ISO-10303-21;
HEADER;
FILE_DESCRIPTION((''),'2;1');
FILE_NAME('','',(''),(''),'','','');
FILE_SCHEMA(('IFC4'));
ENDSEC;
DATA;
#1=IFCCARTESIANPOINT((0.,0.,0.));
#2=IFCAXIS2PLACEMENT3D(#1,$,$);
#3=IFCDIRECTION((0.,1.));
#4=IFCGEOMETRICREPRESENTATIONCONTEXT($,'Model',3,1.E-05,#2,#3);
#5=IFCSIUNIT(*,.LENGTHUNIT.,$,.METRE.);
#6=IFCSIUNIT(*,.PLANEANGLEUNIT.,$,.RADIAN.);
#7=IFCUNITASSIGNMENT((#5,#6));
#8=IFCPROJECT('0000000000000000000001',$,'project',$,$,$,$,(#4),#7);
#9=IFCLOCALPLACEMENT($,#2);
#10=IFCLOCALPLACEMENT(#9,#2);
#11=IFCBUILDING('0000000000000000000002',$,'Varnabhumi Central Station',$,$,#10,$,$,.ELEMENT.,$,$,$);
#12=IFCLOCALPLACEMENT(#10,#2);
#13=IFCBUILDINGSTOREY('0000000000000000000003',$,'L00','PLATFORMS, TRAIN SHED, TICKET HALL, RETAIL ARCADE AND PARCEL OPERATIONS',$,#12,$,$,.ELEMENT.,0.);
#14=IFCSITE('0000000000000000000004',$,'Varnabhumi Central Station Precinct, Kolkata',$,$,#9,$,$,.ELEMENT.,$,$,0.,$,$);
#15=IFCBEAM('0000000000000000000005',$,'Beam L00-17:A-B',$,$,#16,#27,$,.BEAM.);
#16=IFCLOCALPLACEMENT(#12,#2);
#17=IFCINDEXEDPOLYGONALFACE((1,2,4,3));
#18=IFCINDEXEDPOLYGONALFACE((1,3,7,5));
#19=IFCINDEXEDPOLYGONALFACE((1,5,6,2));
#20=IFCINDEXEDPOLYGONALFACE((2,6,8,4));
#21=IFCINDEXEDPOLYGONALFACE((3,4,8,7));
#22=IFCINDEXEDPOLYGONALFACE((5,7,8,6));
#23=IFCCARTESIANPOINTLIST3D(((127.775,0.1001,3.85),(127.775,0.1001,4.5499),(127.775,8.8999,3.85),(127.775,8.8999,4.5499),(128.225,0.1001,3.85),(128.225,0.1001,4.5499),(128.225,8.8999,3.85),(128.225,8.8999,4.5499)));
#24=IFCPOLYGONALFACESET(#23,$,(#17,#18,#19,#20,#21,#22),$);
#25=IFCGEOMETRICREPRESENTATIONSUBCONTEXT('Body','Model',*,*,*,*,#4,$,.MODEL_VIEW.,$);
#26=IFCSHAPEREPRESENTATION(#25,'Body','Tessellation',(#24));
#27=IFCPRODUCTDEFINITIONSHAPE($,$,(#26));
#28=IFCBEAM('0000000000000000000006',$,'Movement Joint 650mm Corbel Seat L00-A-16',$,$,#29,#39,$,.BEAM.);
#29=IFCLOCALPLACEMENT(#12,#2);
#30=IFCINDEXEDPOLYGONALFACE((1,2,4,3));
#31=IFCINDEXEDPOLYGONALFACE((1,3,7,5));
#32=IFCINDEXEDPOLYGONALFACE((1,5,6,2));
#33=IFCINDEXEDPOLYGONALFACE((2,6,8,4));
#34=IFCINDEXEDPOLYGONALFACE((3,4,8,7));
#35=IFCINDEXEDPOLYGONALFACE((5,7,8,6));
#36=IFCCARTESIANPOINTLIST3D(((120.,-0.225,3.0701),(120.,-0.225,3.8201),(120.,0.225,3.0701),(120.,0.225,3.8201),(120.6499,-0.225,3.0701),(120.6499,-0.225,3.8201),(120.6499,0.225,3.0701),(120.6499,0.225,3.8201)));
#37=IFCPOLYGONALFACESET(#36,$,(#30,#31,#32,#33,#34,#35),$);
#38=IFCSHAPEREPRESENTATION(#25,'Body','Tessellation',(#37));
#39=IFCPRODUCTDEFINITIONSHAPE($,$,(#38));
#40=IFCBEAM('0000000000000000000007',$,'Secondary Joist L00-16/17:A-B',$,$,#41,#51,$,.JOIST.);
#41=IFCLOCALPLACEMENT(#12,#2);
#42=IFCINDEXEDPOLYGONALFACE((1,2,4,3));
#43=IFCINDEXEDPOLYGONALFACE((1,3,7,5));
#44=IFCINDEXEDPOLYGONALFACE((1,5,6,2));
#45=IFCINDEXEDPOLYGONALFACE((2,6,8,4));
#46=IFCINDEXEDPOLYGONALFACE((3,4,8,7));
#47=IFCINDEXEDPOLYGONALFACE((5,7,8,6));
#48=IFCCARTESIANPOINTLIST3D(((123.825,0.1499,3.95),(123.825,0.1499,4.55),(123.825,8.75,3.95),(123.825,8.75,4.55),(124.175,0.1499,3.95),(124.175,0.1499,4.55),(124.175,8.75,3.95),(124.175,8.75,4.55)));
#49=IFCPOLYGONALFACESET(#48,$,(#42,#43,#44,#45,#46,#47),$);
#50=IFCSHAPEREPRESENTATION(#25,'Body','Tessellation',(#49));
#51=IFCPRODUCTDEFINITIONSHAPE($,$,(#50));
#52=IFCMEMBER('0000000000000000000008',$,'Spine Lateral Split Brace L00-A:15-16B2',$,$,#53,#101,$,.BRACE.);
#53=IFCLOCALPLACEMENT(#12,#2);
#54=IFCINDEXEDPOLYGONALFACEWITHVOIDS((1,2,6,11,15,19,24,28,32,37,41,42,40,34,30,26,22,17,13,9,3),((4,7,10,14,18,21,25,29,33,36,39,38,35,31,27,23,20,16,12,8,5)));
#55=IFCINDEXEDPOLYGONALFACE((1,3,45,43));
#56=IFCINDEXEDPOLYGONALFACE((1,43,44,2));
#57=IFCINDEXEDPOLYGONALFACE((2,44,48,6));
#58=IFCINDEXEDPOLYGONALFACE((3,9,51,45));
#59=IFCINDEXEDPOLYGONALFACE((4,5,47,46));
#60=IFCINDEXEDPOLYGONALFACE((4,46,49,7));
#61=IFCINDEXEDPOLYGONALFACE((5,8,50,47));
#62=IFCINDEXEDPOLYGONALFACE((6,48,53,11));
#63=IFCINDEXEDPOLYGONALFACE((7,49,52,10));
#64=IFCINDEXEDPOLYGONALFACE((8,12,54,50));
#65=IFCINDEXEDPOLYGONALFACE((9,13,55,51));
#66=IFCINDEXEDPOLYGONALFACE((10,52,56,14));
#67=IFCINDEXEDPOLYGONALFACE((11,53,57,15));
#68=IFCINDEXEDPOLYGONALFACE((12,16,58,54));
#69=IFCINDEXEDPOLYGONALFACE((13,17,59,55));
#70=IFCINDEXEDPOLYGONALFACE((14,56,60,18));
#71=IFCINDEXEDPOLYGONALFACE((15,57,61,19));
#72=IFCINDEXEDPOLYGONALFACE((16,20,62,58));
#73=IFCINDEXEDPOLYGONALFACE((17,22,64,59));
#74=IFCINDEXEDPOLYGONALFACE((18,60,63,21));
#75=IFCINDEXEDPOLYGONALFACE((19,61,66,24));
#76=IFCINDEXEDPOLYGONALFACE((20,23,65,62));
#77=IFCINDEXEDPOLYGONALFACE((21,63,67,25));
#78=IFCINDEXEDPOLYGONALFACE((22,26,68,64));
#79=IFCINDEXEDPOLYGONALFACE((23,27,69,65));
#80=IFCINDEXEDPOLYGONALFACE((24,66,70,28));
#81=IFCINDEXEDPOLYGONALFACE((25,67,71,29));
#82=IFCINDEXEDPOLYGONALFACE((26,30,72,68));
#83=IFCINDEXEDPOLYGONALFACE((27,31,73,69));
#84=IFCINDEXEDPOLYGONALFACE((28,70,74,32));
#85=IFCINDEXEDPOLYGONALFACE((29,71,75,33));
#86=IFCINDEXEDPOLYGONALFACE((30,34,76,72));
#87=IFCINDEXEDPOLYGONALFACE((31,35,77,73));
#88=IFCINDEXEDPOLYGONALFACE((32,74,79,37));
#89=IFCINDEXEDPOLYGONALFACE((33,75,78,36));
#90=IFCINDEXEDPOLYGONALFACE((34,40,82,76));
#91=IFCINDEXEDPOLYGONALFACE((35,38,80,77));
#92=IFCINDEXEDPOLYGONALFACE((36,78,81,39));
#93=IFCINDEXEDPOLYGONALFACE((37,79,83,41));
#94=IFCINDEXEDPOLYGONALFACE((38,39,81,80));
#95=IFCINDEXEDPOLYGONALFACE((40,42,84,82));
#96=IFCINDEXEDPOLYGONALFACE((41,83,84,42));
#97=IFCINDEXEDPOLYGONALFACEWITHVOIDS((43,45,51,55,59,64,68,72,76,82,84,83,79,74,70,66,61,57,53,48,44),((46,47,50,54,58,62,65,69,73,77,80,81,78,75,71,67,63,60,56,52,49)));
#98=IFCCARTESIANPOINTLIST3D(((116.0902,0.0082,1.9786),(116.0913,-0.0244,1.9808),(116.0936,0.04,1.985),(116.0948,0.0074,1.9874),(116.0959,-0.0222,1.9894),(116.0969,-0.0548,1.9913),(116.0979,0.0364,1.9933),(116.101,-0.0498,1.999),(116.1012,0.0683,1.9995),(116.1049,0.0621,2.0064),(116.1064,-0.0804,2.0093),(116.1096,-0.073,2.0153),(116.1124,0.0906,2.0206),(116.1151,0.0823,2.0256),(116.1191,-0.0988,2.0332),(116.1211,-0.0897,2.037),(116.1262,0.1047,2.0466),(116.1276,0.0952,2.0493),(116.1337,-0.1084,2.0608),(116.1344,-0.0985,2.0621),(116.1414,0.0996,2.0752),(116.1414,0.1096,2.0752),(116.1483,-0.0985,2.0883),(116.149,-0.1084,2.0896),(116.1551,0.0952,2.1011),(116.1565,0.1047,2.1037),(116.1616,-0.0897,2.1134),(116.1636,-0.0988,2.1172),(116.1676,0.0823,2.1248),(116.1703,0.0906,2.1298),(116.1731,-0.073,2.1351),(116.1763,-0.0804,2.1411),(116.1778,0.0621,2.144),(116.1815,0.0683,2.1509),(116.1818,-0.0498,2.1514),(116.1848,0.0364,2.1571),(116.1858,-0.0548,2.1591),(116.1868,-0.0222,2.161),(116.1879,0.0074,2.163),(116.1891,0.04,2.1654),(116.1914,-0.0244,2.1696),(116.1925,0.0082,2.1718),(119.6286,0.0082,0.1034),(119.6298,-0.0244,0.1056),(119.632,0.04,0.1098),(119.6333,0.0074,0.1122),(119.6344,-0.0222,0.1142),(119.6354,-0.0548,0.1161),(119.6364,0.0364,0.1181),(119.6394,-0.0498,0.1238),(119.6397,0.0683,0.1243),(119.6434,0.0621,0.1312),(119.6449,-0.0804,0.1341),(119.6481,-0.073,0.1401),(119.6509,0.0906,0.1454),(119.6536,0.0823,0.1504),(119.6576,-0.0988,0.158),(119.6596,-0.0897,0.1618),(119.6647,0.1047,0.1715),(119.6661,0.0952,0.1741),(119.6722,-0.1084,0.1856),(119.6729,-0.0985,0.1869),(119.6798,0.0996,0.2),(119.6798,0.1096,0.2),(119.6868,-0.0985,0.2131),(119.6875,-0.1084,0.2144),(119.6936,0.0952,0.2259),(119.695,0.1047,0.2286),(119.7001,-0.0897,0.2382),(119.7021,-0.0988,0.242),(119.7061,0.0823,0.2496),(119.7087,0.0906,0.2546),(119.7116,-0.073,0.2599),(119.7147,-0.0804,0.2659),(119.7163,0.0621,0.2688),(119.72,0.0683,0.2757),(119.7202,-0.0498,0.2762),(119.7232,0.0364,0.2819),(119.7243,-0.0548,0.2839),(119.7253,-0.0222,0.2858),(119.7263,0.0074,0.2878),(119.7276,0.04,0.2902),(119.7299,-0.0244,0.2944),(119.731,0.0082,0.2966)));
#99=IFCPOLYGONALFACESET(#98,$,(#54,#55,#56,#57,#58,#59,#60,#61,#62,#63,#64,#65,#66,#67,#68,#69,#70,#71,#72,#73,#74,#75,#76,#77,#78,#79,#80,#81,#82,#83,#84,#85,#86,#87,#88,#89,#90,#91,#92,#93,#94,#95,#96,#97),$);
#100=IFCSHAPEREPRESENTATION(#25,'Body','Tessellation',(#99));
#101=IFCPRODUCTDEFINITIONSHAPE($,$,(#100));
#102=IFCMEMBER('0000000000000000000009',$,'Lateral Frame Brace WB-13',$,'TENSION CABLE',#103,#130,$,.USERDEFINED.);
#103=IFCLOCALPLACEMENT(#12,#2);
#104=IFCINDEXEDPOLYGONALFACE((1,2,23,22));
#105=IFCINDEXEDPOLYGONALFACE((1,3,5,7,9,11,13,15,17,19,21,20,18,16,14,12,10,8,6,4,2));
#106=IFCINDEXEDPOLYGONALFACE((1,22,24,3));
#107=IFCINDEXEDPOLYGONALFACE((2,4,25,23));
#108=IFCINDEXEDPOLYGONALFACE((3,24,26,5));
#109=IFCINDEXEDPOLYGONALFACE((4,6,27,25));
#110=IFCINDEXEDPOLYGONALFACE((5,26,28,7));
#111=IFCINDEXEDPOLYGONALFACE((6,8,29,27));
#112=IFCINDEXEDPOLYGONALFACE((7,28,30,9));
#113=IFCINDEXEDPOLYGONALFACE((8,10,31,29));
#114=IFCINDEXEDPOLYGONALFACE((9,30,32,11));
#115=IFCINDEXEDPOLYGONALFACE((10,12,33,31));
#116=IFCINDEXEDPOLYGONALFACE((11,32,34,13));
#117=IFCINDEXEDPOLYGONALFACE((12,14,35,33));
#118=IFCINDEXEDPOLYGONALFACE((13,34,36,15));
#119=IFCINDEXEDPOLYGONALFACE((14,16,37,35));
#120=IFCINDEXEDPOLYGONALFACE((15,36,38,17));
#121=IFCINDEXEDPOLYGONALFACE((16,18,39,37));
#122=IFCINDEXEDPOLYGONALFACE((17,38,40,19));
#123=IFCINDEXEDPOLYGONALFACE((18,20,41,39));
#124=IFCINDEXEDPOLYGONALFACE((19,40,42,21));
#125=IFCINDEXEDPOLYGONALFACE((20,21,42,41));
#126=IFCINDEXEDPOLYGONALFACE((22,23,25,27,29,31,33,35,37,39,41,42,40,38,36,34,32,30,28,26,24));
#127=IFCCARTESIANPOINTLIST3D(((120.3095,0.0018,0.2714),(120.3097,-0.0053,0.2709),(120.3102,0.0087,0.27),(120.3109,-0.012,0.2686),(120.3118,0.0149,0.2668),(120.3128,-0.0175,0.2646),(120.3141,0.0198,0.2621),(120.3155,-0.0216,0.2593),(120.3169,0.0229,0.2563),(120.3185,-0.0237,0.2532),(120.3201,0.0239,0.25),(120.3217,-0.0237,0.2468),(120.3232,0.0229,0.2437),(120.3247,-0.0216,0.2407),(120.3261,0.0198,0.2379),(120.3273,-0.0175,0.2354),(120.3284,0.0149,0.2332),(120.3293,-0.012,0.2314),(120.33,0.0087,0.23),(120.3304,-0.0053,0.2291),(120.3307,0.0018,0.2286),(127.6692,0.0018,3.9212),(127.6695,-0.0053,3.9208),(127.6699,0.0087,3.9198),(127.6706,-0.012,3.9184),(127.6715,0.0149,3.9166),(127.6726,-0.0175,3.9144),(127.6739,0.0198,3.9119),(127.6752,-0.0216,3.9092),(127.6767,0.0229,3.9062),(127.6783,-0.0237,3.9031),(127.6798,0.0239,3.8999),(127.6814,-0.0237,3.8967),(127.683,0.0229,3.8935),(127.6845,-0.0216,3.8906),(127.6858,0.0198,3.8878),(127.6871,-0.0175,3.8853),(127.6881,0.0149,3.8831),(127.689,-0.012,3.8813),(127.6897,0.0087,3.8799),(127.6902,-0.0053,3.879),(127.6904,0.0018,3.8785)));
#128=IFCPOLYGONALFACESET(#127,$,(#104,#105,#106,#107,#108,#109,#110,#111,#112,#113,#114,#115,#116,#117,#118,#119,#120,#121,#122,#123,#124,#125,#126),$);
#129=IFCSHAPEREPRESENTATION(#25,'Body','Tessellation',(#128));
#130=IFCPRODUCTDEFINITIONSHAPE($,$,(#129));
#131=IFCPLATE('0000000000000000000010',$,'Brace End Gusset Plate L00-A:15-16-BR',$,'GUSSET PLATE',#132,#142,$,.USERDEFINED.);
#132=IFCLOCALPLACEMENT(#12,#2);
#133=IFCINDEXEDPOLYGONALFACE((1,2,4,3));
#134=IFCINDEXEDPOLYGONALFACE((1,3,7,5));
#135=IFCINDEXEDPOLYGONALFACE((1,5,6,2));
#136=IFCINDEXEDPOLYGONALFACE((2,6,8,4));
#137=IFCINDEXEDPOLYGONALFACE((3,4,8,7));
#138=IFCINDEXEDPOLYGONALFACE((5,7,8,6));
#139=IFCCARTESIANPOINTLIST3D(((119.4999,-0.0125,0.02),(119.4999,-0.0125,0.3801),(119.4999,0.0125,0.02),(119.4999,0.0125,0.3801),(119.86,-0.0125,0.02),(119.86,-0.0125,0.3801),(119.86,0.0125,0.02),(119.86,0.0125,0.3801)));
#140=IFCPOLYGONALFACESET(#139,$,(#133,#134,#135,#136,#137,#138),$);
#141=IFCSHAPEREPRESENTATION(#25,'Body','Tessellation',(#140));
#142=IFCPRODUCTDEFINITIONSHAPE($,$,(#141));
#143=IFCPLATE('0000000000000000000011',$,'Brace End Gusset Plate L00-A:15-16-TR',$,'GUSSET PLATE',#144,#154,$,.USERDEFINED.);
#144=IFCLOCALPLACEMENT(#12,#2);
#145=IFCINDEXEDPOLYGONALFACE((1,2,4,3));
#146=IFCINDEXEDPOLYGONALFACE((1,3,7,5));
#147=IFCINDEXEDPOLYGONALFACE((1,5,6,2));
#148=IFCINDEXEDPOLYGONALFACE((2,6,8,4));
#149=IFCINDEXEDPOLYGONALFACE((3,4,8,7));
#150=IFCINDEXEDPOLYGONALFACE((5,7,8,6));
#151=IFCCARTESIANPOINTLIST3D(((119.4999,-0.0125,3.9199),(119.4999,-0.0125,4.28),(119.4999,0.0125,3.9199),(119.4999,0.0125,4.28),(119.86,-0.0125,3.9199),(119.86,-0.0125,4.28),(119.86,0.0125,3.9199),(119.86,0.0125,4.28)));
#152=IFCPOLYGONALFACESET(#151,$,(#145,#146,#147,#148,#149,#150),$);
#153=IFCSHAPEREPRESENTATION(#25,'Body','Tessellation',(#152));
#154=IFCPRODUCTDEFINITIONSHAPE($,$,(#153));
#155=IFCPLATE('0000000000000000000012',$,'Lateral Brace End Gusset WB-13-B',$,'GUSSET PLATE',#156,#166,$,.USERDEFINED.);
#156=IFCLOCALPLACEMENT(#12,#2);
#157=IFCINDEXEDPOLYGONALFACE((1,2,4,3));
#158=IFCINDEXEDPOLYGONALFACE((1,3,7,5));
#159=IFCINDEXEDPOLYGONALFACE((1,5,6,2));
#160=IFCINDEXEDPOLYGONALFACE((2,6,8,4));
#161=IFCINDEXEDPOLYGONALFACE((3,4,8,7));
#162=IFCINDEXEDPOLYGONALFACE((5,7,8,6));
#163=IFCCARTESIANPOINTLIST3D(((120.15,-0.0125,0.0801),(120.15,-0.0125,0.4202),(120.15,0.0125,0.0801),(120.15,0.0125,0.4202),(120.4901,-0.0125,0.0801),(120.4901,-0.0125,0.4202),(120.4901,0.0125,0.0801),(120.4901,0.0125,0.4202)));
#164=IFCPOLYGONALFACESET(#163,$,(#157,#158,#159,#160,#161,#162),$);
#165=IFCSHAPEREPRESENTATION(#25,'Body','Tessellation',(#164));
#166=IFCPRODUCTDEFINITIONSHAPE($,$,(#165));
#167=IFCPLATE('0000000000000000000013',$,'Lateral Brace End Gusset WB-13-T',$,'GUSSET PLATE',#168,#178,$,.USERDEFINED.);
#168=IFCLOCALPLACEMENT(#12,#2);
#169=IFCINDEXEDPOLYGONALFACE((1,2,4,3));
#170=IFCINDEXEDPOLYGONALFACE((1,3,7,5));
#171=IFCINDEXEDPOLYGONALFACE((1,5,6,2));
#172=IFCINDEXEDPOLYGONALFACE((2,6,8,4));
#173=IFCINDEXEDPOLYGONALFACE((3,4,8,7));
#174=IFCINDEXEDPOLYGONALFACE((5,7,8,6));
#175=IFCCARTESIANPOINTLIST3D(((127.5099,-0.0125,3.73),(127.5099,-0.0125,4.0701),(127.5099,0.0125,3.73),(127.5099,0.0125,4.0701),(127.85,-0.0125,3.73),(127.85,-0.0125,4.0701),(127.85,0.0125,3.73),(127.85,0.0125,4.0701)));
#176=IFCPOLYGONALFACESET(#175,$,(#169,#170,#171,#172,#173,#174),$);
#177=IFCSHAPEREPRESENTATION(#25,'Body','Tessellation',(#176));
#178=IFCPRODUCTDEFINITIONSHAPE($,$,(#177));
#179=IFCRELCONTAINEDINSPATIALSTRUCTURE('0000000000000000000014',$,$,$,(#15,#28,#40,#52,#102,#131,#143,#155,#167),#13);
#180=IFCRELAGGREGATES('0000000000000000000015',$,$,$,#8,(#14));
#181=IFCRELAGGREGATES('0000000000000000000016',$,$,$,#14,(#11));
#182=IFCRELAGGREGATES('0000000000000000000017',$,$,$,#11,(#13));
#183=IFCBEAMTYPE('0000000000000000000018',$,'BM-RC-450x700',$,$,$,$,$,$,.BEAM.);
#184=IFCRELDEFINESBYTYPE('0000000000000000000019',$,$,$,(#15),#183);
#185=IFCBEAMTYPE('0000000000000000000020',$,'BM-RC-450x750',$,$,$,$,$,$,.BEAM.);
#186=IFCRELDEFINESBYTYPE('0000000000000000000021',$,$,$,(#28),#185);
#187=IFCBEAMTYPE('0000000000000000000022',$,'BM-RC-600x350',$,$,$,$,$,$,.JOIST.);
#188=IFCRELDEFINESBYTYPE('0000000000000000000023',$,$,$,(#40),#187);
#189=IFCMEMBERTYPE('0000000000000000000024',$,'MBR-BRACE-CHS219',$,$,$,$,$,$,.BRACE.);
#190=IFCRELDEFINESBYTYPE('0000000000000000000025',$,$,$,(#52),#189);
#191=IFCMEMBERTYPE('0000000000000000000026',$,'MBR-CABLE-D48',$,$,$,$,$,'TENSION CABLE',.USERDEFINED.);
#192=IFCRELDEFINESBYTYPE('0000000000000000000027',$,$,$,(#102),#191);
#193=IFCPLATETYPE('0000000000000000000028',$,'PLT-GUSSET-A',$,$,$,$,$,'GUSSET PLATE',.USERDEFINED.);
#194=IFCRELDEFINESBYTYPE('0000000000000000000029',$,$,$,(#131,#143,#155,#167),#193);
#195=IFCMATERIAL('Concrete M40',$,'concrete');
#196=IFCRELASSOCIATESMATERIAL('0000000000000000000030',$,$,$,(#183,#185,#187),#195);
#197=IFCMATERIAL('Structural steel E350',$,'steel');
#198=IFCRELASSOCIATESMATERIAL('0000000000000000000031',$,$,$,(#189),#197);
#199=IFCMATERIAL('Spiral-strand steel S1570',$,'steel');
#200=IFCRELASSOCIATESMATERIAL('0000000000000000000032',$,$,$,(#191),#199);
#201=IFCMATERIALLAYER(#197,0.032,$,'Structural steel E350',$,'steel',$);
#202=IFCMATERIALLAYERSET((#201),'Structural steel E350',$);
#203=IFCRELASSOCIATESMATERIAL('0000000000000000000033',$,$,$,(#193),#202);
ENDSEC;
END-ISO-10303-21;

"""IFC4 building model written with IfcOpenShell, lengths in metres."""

from ifc_helpers import new_model, si_unit, direction, frame, origin, origin_2d, place, context, subcontext, project, spatial, rectangle, circle, hollow_circle, extrude, material, layer, layer_set, material_profile, profile_set, type_object, element, save


model = new_model("IFC4")

# Units and contexts
model_context = context("Model", 3, precision=1e-05, world=origin(), true_north=direction((0.0, 1.0)))
body_context = subcontext(model_context, "Body", "Model", "MODEL_VIEW")
ifc_project = project(units=[si_unit("LENGTHUNIT", "METRE"), si_unit("PLANEANGLEUNIT", "RADIAN")], contexts=[model_context])

# Site, building, storey
site_placement = place(None, origin())
site = spatial("IfcSite", under=ifc_project, at=site_placement, Name="Varnabhumi Central Station Precinct, Kolkata", CompositionType="ELEMENT", RefElevation=0.0)
building_placement = place(site_placement, origin())
building = spatial("IfcBuilding", under=site, at=building_placement, Name="Varnabhumi Central Station", CompositionType="ELEMENT")
storey_placement = place(building_placement, origin())
storey = spatial("IfcBuildingStorey", under=building, at=storey_placement, Name="L00", Description="PLATFORMS, TRAIN SHED, TICKET HALL, RETAIL ARCADE AND PARCEL OPERATIONS", CompositionType="ELEMENT", Elevation=0.0)

# Shared definitions
ifc_material_1 = material(Name="Concrete M40", Category="concrete")

# Beams
ifc_material_profile_1 = material_profile(ifc_material_1, rectangle(XDim=0.45, YDim=0.7, at=origin_2d()), Name="Concrete M40", Category="concrete")
ifc_profile_set_1 = profile_set([ifc_material_profile_1], Name="Concrete M40")
beam_type_1 = type_object("IfcBeamType", Name="BM-RC-450x700", PredefinedType="BEAM", material=ifc_profile_set_1)
for number, where, z_axis, x_axis, name in (
    (1, (128.0, 0.1001, 4.2), (0.0, 1.0, 0.0), (-1.0, 0.0, 0.0), "Beam L00-17:A-B"),
):
    element("IfcBeam", number, at=place(storey_placement, frame(where, z_axis=z_axis, x_axis=x_axis)), inside=storey, type_object=beam_type_1, Name=name, PredefinedType="BEAM", context=body_context, shape_type="SweptSolid", body=[
        extrude(rectangle(XDim=0.45, YDim=0.7, at=origin_2d()), origin(), (0.0, 0.0, 1.0), 8.7998),
    ])
ifc_material_profile_2 = material_profile(ifc_material_1, rectangle(XDim=0.45, YDim=0.75, at=origin_2d()), Name="Concrete M40", Category="concrete")
ifc_profile_set_2 = profile_set([ifc_material_profile_2], Name="Concrete M40")
beam_type_2 = type_object("IfcBeamType", Name="BM-RC-450x750", PredefinedType="BEAM", material=ifc_profile_set_2)
beam_1_placement = place(storey_placement, frame((120.0, 0.0, 3.4451), z_axis=(1.0, 0.0, 0.0), x_axis=(0.0, 1.0, 0.0)))
element("IfcBeam", 2, at=beam_1_placement, inside=storey, type_object=beam_type_2, Name="Movement Joint 650mm Corbel Seat L00-A-16", PredefinedType="BEAM", context=body_context, shape_type="SweptSolid", body=[
    extrude(rectangle(XDim=0.45, YDim=0.75, at=origin_2d()), origin(), (0.0, 0.0, 1.0), 0.6499),
])
ifc_material_profile_3 = material_profile(ifc_material_1, rectangle(XDim=0.3501, YDim=0.6001, at=origin_2d()), Name="Concrete M40", Category="concrete")
ifc_profile_set_3 = profile_set([ifc_material_profile_3], Name="Concrete M40")
beam_type_3 = type_object("IfcBeamType", Name="BM-RC-600x350", PredefinedType="JOIST", material=ifc_profile_set_3)
beam_2_placement = place(storey_placement, frame((124.0, 0.1499, 4.25), z_axis=(0.0, 1.0, 0.0), x_axis=(-1.0, 0.0, 0.0)))
element("IfcBeam", 3, at=beam_2_placement, inside=storey, type_object=beam_type_3, Name="Secondary Joist L00-16/17:A-B", PredefinedType="JOIST", context=body_context, shape_type="SweptSolid", body=[
    extrude(rectangle(XDim=0.3501, YDim=0.6001, at=origin_2d()), origin(), (0.0, 0.0, 1.0), 8.6001),
])

# Members
ifc_material_2 = material(Name="Structural steel E350", Category="steel")
ifc_material_profile_4 = material_profile(ifc_material_2, hollow_circle(Radius=0.1096, WallThickness=0.01, at=origin_2d()), Name="Structural steel E350", Category="steel")
ifc_profile_set_4 = profile_set([ifc_material_profile_4], Name="Structural steel E350")
member_type_1 = type_object("IfcMemberType", Name="MBR-BRACE-CHS219", PredefinedType="BRACE", material=ifc_profile_set_4)
member_1_placement = place(storey_placement, frame((116.1414, 0.0, 2.0752), z_axis=(0.883594, 0.0, -0.468255), x_axis=(0.0, 1.0, 0.0)))
element("IfcMember", 4, at=member_1_placement, inside=storey, type_object=member_type_1, Name="Spine Lateral Split Brace L00-A:15-16B2", PredefinedType="BRACE", context=body_context, shape_type="SweptSolid", body=[
    extrude(hollow_circle(Radius=0.1096, WallThickness=0.01, at=origin_2d()), origin(), (0.0, 0.0, 1.0), 4.0046),
])
ifc_material_3 = material(Name="Spiral-strand steel S1570", Category="steel")
ifc_material_profile_5 = material_profile(ifc_material_3, circle(Radius=0.0239, at=origin_2d()), Name="Spiral-strand steel S1570", Category="steel")
ifc_profile_set_5 = profile_set([ifc_material_profile_5], Name="Spiral-strand steel S1570")
member_type_2 = type_object("IfcMemberType", Name="MBR-CABLE-D48", ElementType="TENSION CABLE", PredefinedType="USERDEFINED", material=ifc_profile_set_5)
member_2_placement = place(storey_placement, frame((120.3201, 0.0, 0.25), z_axis=(0.895885, 0.0, 0.444287), x_axis=(0.0, 1.0, 0.0)))
element("IfcMember", 5, at=member_2_placement, inside=storey, type_object=member_type_2, Name="Lateral Frame Brace WB-13", ObjectType="TENSION CABLE", PredefinedType="USERDEFINED", context=body_context, shape_type="SweptSolid", body=[
    extrude(circle(Radius=0.0239, at=origin_2d()), origin(), (0.0, 0.0, 1.0), 8.2151),
])

# Plates
ifc_layer_1 = layer(ifc_material_2, 0.032, Name="Structural steel E350", Category="steel")
ifc_layer_set_1 = layer_set([ifc_layer_1], Name="Structural steel E350")
plate_type = type_object("IfcPlateType", Name="PLT-GUSSET-A", ElementType="GUSSET PLATE", PredefinedType="USERDEFINED", material=ifc_layer_set_1)
for number, where, z_axis, x_axis, name in (
    (6, (119.6799, 0.0, 0.02), (0.0, 0.0, 1.0), (1.0, 0.0, 0.0), "Brace End Gusset Plate L00-A:15-16-BR"),
    (7, (119.6799, 0.0, 3.9199), (0.0, 0.0, 1.0), (1.0, 0.0, 0.0), "Brace End Gusset Plate L00-A:15-16-TR"),
):
    element("IfcPlate", number, at=place(storey_placement, frame(where, z_axis=z_axis, x_axis=x_axis)), inside=storey, type_object=plate_type, Name=name, ObjectType="GUSSET PLATE", PredefinedType="USERDEFINED", context=body_context, shape_type="SweptSolid", body=[
        extrude(rectangle(XDim=0.3601, YDim=0.0249, at=origin_2d()), origin(), (0.0, 0.0, 1.0), 0.3601),
    ])
for number, where, z_axis, x_axis, name in (
    (8, (120.3201, 0.0, 0.0801), (0.0, 0.0, 1.0), (1.0, 0.0, 0.0), "Lateral Brace End Gusset WB-13-B"),
    (9, (127.6799, 0.0, 3.73), (0.0, 0.0, 1.0), (1.0, 0.0, 0.0), "Lateral Brace End Gusset WB-13-T"),
):
    element("IfcPlate", number, at=place(storey_placement, frame(where, z_axis=z_axis, x_axis=x_axis)), inside=storey, type_object=plate_type, Name=name, ObjectType="GUSSET PLATE", PredefinedType="USERDEFINED", context=body_context, shape_type="SweptSolid", body=[
        extrude(rectangle(XDim=0.3401, YDim=0.0249, at=origin_2d()), origin(), (0.0, 0.0, 1.0), 0.3401),
    ])

save(model, "model.ifc")
